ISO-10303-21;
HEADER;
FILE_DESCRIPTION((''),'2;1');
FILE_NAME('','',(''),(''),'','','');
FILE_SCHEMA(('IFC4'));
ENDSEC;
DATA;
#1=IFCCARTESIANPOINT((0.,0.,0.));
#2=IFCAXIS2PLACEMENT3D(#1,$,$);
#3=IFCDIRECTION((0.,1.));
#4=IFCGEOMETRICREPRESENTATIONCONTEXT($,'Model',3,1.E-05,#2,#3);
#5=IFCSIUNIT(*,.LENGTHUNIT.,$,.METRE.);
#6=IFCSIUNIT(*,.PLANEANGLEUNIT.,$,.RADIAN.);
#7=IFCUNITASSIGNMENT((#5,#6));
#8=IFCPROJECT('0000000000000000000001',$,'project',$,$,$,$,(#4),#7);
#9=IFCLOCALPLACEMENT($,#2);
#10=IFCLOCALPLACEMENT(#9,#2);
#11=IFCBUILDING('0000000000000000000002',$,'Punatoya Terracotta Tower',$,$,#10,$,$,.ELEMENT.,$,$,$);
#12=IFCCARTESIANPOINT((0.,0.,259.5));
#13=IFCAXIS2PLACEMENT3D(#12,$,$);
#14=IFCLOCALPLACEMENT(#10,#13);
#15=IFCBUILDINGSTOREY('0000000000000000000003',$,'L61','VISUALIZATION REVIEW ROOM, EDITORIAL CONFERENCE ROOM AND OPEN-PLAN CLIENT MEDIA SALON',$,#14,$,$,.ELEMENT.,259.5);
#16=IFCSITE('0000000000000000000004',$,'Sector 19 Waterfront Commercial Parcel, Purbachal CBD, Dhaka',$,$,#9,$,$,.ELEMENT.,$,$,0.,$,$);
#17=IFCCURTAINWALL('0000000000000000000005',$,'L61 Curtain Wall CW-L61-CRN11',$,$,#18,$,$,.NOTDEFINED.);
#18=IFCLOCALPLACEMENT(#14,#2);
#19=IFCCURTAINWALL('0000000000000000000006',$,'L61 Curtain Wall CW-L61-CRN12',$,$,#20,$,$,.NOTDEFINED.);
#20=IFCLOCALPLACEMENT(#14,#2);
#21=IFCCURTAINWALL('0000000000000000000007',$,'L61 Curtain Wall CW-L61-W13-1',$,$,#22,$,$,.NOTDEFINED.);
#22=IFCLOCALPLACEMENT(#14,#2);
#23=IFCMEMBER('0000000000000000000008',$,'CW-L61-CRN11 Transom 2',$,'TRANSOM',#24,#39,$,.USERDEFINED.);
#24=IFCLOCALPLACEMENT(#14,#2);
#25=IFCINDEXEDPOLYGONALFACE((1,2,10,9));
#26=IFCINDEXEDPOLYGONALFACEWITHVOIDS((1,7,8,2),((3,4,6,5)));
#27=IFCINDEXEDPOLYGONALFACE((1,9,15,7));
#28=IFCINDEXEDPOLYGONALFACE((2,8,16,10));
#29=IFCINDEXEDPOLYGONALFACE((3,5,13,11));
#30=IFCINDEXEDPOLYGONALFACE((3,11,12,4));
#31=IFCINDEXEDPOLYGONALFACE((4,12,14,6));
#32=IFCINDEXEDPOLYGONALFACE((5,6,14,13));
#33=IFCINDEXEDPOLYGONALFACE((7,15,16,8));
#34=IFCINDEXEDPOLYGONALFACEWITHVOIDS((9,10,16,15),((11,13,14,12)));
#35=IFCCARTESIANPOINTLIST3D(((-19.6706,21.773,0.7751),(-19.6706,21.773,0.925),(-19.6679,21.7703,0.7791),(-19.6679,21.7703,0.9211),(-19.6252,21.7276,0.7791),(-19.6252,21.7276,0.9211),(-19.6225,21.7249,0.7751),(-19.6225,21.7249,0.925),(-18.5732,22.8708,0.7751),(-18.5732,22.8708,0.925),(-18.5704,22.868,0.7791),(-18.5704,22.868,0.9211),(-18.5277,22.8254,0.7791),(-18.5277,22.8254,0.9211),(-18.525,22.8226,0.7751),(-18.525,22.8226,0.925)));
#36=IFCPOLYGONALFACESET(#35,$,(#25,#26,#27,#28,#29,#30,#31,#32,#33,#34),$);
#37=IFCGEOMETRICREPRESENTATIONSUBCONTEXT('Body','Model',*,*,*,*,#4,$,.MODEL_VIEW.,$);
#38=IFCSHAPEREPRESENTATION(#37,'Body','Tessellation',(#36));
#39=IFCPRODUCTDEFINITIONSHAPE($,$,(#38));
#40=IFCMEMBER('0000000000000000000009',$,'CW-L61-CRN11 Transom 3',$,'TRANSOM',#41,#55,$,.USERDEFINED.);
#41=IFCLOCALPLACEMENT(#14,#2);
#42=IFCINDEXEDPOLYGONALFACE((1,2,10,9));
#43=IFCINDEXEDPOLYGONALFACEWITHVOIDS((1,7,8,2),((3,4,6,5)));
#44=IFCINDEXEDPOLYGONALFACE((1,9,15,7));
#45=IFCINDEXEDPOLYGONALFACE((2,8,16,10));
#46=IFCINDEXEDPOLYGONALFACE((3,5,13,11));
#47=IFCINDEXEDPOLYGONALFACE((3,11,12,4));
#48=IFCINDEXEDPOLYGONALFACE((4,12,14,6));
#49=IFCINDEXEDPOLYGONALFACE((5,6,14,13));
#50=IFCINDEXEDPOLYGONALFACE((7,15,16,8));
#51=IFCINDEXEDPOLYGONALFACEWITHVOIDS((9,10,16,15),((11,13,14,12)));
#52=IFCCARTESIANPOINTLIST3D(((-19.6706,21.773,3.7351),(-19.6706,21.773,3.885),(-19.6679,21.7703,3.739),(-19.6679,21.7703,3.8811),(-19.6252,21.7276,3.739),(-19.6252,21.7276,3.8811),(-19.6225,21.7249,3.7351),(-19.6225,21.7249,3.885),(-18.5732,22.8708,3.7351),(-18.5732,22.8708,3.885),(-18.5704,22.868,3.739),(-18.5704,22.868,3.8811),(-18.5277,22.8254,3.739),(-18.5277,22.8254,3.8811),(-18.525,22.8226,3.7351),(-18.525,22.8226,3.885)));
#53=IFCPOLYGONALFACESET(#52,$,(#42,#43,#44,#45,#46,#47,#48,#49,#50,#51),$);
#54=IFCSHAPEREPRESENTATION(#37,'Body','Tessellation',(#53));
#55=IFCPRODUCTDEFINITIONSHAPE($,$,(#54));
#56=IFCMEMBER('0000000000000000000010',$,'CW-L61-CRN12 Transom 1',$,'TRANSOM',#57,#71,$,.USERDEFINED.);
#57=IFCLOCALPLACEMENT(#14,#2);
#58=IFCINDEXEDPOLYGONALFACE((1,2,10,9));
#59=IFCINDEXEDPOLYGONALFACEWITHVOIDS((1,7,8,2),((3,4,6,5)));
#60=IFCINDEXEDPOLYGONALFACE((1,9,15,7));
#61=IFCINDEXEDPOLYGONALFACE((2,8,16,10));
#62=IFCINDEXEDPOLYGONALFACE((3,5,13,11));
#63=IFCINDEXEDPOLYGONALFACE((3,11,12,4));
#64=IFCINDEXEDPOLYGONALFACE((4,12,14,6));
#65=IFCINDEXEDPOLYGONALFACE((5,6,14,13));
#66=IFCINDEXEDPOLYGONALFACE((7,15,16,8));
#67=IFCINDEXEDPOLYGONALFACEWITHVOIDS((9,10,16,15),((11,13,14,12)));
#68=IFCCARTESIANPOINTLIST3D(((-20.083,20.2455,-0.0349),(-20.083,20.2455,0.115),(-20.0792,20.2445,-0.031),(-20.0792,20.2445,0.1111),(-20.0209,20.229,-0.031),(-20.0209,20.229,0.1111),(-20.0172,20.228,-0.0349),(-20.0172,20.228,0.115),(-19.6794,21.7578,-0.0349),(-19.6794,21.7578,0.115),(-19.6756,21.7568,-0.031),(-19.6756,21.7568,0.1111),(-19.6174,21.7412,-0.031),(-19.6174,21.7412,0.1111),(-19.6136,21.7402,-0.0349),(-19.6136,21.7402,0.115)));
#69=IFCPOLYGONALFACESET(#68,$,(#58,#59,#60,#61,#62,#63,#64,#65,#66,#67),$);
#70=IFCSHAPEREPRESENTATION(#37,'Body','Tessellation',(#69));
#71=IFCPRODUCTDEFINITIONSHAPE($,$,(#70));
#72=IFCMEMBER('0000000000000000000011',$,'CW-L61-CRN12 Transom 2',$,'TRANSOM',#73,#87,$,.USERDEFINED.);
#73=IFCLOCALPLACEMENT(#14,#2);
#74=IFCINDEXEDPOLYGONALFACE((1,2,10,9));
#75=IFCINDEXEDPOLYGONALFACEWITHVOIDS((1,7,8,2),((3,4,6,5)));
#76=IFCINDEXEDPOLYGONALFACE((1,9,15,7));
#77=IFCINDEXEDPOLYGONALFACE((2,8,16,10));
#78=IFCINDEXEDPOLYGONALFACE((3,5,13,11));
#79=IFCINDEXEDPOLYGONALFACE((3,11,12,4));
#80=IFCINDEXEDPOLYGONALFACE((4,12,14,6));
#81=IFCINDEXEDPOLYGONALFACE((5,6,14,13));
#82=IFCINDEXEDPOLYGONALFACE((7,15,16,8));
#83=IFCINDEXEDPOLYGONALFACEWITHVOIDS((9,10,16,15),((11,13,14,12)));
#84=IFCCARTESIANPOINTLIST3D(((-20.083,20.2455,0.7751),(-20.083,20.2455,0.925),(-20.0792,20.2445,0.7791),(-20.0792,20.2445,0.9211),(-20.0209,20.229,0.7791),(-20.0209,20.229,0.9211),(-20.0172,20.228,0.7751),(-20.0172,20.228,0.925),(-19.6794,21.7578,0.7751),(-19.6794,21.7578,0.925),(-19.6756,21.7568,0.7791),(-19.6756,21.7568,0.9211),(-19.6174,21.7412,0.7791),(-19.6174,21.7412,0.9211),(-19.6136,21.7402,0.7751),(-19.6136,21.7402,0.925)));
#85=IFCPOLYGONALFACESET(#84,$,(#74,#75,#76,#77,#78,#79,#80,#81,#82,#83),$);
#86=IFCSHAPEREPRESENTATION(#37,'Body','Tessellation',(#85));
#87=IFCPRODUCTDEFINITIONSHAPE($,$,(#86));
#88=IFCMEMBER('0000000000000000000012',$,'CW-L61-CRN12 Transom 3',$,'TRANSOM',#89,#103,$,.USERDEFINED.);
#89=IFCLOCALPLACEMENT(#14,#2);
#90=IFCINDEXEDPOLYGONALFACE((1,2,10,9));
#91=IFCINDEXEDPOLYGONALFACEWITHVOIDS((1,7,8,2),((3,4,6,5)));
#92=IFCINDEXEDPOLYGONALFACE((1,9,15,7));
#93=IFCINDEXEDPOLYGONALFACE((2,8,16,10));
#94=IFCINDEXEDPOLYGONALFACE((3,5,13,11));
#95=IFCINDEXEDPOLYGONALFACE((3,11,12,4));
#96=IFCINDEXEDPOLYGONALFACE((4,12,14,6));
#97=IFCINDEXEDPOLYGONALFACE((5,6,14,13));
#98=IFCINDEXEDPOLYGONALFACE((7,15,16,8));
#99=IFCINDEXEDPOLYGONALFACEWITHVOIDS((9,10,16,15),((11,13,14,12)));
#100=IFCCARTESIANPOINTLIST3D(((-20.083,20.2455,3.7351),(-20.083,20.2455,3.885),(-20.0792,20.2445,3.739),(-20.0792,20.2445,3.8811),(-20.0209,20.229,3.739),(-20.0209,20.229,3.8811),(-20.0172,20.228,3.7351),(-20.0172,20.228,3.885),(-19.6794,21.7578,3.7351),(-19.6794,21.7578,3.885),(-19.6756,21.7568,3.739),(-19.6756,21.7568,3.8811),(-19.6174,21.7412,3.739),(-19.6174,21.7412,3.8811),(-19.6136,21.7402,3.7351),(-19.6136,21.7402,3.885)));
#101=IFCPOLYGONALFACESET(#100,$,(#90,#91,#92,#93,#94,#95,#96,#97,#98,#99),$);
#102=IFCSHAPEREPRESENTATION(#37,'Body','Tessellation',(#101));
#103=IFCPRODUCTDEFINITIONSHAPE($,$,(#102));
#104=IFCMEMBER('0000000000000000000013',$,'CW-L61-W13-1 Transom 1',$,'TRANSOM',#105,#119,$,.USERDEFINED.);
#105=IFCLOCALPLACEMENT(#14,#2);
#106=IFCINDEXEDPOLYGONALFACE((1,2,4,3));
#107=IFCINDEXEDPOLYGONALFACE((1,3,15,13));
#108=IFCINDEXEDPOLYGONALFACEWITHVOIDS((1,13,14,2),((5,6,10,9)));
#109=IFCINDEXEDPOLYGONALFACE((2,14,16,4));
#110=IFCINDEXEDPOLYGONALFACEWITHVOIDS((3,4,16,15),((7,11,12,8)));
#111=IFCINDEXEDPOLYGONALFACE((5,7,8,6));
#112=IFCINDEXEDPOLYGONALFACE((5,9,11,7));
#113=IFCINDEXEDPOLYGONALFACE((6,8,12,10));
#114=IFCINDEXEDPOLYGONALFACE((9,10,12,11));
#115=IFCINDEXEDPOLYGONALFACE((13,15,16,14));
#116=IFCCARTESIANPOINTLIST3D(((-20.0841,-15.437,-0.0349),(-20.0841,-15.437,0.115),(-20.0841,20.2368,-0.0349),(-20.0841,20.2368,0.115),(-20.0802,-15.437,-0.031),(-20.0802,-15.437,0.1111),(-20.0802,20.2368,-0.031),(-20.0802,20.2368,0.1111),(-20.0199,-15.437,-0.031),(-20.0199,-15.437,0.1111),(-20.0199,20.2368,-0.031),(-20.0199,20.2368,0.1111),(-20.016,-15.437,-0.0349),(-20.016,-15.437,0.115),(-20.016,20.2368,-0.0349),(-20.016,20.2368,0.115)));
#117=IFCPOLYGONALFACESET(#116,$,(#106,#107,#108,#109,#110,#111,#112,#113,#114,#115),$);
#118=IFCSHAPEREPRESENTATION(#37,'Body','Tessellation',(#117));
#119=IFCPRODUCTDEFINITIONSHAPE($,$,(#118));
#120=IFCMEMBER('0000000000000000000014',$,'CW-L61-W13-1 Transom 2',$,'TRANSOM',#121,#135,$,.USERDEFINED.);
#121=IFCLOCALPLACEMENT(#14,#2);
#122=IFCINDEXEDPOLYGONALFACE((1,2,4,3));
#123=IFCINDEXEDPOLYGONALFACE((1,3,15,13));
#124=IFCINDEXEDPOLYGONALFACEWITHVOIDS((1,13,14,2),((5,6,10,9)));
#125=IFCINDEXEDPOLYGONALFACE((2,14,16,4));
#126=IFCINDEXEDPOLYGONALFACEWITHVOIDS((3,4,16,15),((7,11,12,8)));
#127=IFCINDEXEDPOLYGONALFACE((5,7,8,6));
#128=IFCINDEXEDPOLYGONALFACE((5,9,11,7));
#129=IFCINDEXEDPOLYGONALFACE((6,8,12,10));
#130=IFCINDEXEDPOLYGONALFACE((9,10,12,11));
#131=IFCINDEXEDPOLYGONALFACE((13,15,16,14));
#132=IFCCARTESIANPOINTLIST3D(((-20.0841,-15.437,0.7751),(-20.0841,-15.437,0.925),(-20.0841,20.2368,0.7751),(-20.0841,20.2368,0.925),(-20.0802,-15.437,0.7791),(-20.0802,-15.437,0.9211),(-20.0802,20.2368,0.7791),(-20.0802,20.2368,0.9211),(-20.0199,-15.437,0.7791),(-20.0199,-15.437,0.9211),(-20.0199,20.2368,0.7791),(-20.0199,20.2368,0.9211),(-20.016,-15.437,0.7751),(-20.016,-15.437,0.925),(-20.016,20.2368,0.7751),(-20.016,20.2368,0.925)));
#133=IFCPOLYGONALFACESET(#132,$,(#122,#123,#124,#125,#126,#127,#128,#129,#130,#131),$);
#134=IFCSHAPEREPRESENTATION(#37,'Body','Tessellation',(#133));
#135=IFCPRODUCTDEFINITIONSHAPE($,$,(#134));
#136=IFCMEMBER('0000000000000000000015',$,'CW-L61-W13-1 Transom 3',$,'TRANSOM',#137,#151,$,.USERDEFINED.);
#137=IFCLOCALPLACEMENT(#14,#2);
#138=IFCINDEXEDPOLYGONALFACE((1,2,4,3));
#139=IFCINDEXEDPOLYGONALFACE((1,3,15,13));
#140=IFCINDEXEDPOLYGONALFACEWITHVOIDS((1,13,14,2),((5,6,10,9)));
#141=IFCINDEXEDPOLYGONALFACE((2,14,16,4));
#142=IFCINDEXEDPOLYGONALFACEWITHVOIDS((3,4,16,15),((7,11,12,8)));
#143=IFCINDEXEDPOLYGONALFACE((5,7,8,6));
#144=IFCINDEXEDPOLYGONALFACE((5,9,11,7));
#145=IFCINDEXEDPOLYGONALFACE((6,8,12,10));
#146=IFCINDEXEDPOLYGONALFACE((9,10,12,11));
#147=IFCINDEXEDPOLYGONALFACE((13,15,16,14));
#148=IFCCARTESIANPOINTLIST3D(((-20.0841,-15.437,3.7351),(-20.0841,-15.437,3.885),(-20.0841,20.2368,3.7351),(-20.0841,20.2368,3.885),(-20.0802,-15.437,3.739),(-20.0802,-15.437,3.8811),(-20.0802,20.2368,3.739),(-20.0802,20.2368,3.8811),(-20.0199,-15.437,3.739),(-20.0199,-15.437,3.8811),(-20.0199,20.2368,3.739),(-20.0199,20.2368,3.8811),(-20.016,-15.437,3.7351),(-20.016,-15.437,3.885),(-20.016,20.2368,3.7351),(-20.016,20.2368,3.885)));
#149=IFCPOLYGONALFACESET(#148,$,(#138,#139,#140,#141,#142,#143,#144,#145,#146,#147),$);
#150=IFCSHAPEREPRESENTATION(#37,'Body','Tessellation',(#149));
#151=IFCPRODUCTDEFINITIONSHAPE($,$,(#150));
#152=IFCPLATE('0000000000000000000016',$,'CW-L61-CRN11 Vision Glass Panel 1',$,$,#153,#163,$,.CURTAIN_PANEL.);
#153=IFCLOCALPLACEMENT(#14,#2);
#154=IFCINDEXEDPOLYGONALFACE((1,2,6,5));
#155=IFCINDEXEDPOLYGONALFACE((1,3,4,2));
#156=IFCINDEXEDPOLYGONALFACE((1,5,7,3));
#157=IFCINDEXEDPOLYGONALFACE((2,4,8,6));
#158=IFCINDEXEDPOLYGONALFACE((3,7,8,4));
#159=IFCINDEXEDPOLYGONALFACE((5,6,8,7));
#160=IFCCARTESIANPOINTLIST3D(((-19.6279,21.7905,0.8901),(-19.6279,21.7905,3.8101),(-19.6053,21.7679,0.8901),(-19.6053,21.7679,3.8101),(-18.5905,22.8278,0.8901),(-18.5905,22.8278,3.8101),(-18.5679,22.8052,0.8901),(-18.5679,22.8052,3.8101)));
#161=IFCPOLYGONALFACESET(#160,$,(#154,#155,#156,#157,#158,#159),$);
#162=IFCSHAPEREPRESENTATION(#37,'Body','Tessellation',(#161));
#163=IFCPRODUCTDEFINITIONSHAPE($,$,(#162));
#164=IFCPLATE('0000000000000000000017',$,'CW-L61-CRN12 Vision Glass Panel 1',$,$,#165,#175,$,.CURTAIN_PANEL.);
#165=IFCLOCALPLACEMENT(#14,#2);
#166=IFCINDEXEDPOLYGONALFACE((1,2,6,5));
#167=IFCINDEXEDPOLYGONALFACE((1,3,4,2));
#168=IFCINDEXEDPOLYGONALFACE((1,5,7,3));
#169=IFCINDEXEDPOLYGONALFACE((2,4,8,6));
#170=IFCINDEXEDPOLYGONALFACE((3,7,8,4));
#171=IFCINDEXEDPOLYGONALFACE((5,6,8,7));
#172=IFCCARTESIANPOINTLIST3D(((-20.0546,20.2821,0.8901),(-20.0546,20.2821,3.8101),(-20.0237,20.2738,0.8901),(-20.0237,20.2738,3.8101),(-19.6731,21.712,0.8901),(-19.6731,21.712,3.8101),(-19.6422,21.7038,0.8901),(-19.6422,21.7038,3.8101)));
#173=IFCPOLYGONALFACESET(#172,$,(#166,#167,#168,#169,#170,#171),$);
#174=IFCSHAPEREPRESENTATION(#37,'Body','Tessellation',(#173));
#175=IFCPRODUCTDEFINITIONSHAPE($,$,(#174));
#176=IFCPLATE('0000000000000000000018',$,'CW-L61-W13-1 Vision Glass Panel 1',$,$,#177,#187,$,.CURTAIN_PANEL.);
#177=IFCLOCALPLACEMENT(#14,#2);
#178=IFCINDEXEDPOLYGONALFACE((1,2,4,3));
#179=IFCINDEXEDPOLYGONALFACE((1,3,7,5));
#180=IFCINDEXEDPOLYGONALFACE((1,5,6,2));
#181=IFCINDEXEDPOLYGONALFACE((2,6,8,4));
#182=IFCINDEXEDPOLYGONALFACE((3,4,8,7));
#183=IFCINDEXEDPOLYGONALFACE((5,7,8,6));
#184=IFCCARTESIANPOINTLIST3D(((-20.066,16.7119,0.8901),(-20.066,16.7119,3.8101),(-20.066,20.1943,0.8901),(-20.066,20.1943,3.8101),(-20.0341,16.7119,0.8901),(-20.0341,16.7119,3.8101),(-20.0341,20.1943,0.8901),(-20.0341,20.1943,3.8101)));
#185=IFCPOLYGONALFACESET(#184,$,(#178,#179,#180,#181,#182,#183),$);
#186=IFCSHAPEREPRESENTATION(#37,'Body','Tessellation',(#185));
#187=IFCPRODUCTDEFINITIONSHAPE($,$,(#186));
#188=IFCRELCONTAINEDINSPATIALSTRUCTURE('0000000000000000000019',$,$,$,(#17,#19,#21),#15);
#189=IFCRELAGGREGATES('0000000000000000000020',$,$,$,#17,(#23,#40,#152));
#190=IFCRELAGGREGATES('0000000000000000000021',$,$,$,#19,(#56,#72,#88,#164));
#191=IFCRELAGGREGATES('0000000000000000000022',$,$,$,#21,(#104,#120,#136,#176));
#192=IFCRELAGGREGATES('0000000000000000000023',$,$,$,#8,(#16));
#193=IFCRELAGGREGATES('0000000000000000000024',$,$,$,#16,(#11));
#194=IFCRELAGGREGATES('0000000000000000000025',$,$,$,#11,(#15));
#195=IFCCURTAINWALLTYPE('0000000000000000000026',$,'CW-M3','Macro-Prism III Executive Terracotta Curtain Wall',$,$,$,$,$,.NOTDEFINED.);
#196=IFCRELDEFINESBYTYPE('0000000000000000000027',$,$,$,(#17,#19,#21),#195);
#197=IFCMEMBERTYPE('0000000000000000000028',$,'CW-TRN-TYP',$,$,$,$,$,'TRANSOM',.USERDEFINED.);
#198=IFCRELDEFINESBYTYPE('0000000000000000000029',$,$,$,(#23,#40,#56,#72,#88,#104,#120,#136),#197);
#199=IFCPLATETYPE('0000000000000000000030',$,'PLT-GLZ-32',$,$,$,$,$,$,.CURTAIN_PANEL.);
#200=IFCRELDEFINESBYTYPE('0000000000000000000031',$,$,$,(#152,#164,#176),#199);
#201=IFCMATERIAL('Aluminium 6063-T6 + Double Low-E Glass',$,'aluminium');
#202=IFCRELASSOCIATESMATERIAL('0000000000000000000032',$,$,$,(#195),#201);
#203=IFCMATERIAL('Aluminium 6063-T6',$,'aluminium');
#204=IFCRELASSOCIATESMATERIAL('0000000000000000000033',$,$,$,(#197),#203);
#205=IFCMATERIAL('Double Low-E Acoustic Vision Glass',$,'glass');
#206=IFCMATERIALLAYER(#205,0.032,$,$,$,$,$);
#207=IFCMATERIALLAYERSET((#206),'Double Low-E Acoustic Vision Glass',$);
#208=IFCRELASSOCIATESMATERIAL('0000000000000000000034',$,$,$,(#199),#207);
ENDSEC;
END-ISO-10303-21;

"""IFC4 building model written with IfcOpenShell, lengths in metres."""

from ifc_helpers import new_model, si_unit, direction, frame, origin, origin_2d, place, context, subcontext, project, spatial, rectangle, hollow_rectangle, extrude, material, layer, layer_set, material_profile, profile_set, type_object, element, aggregate, save


model = new_model("IFC4")

# Units and contexts
model_context = context("Model", 3, precision=1e-05, world=origin(), true_north=direction((0.0, 1.0)))
body_context = subcontext(model_context, "Body", "Model", "MODEL_VIEW")
ifc_project = project(units=[si_unit("LENGTHUNIT", "METRE"), si_unit("PLANEANGLEUNIT", "RADIAN")], contexts=[model_context])

# Site, building, storey
site_placement = place(None, origin())
site = spatial("IfcSite", under=ifc_project, at=site_placement, Name="Sector 19 Waterfront Commercial Parcel, Purbachal CBD, Dhaka", CompositionType="ELEMENT", RefElevation=0.0)
building_placement = place(site_placement, origin())
building = spatial("IfcBuilding", under=site, at=building_placement, Name="Punatoya Terracotta Tower", CompositionType="ELEMENT")
storey_placement = place(building_placement, frame((0.0, 0.0, 259.5)))
storey = spatial("IfcBuildingStorey", under=building, at=storey_placement, Name="L61", Description="VISUALIZATION REVIEW ROOM, EDITORIAL CONFERENCE ROOM AND OPEN-PLAN CLIENT MEDIA SALON", CompositionType="ELEMENT", Elevation=259.5)

# Shared definitions
ifc_material_1 = material(Name="Aluminium 6063-T6 + Double Low-E Glass", Category="aluminium")
curtain_wall_type = type_object("IfcCurtainWallType", Name="CW-M3", Description="Macro-Prism III Executive Terracotta Curtain Wall", PredefinedType="NOTDEFINED", material=ifc_material_1)
ifc_material_2 = material(Name="Aluminium 6063-T6", Category="aluminium")

# Curtain walls
curtain_wall_1_placement = place(storey_placement, origin())
curtain_wall_1 = element("IfcCurtainWall", 1, at=curtain_wall_1_placement, inside=storey, type_object=curtain_wall_type, Name="L61 Curtain Wall CW-L61-CRN11", PredefinedType="NOTDEFINED")
curtain_wall_2_placement = place(storey_placement, origin())
curtain_wall_2 = element("IfcCurtainWall", 2, at=curtain_wall_2_placement, inside=storey, type_object=curtain_wall_type, Name="L61 Curtain Wall CW-L61-CRN12", PredefinedType="NOTDEFINED")
curtain_wall_3_placement = place(storey_placement, origin())
curtain_wall_3 = element("IfcCurtainWall", 3, at=curtain_wall_3_placement, inside=storey, type_object=curtain_wall_type, Name="L61 Curtain Wall CW-L61-W13-1", PredefinedType="NOTDEFINED")

# Members
ifc_material_profile_1 = material_profile(ifc_material_2, hollow_rectangle(XDim=0.0681, YDim=0.1499, WallThickness=0.0039, at=origin_2d()))
ifc_profile_set_1 = profile_set([ifc_material_profile_1], Name="Aluminium 6063-T6")
member_type_1 = type_object("IfcMemberType", Name="CW-TRN-TYP", ElementType="TRANSOM", PredefinedType="USERDEFINED", material=ifc_profile_set_1)
member_1_placement = place(storey_placement, frame((-18.5491, 22.8467, 0.8501), z_axis=(-0.707028, -0.707185, 0.0), x_axis=(0.707185, -0.707028, 0.0)))
member_1 = element("IfcMember", 4, at=member_1_placement, type_object=member_type_1, Name="CW-L61-CRN11 Transom 2", ObjectType="TRANSOM", PredefinedType="USERDEFINED", context=body_context, shape_type="SweptSolid", body=[
    extrude(hollow_rectangle(XDim=0.0681, YDim=0.1499, WallThickness=0.0039, at=origin_2d()), origin(), (0.0, 0.0, 1.0), 1.5522),
])
member_2_placement = place(storey_placement, frame((-18.5491, 22.8467, 3.8101), z_axis=(-0.707028, -0.707185, 0.0), x_axis=(0.707185, -0.707028, 0.0)))
member_2 = element("IfcMember", 5, at=member_2_placement, type_object=member_type_1, Name="CW-L61-CRN11 Transom 3", ObjectType="TRANSOM", PredefinedType="USERDEFINED", context=body_context, shape_type="SweptSolid", body=[
    extrude(hollow_rectangle(XDim=0.0681, YDim=0.1499, WallThickness=0.0039, at=origin_2d()), origin(), (0.0, 0.0, 1.0), 1.5522),
])
member_3_placement = place(storey_placement, frame((-19.6465, 21.749, 0.04), z_axis=(-0.257847, -0.966186, 0.0), x_axis=(0.966186, -0.257847, 0.0)))
member_3 = element("IfcMember", 6, at=member_3_placement, type_object=member_type_1, Name="CW-L61-CRN12 Transom 1", ObjectType="TRANSOM", PredefinedType="USERDEFINED", context=body_context, shape_type="SweptSolid", body=[
    extrude(hollow_rectangle(XDim=0.0681, YDim=0.1499, WallThickness=0.0039, at=origin_2d()), origin(), (0.0, 0.0, 1.0), 1.5652),
])
member_4_placement = place(storey_placement, frame((-19.6465, 21.749, 0.8501), z_axis=(-0.257847, -0.966186, 0.0), x_axis=(0.966186, -0.257847, 0.0)))
member_4 = element("IfcMember", 7, at=member_4_placement, type_object=member_type_1, Name="CW-L61-CRN12 Transom 2", ObjectType="TRANSOM", PredefinedType="USERDEFINED", context=body_context, shape_type="SweptSolid", body=[
    extrude(hollow_rectangle(XDim=0.0681, YDim=0.1499, WallThickness=0.0039, at=origin_2d()), origin(), (0.0, 0.0, 1.0), 1.5652),
])
member_5_placement = place(storey_placement, frame((-19.6465, 21.749, 3.8101), z_axis=(-0.257847, -0.966186, 0.0), x_axis=(0.966186, -0.257847, 0.0)))
member_5 = element("IfcMember", 8, at=member_5_placement, type_object=member_type_1, Name="CW-L61-CRN12 Transom 3", ObjectType="TRANSOM", PredefinedType="USERDEFINED", context=body_context, shape_type="SweptSolid", body=[
    extrude(hollow_rectangle(XDim=0.0681, YDim=0.1499, WallThickness=0.0039, at=origin_2d()), origin(), (0.0, 0.0, 1.0), 1.5652),
])
member_6_placement = place(storey_placement, frame((-20.05, 20.2368, 0.04), z_axis=(0.0, -1.0, 0.0), x_axis=(1.0, 0.0, 0.0)))
member_6 = element("IfcMember", 9, at=member_6_placement, type_object=member_type_1, Name="CW-L61-W13-1 Transom 1", ObjectType="TRANSOM", PredefinedType="USERDEFINED", context=body_context, shape_type="SweptSolid", body=[
    extrude(hollow_rectangle(XDim=0.0681, YDim=0.1499, WallThickness=0.0039, at=origin_2d()), origin(), (0.0, 0.0, 1.0), 35.6738),
])
member_7_placement = place(storey_placement, frame((-20.05, 20.2368, 0.8501), z_axis=(0.0, -1.0, 0.0), x_axis=(1.0, 0.0, 0.0)))
member_7 = element("IfcMember", 10, at=member_7_placement, type_object=member_type_1, Name="CW-L61-W13-1 Transom 2", ObjectType="TRANSOM", PredefinedType="USERDEFINED", context=body_context, shape_type="SweptSolid", body=[
    extrude(hollow_rectangle(XDim=0.0681, YDim=0.1499, WallThickness=0.0039, at=origin_2d()), origin(), (0.0, 0.0, 1.0), 35.6738),
])
member_8_placement = place(storey_placement, frame((-20.05, 20.2368, 3.8101), z_axis=(0.0, -1.0, 0.0), x_axis=(1.0, 0.0, 0.0)))
member_8 = element("IfcMember", 11, at=member_8_placement, type_object=member_type_1, Name="CW-L61-W13-1 Transom 3", ObjectType="TRANSOM", PredefinedType="USERDEFINED", context=body_context, shape_type="SweptSolid", body=[
    extrude(hollow_rectangle(XDim=0.0681, YDim=0.1499, WallThickness=0.0039, at=origin_2d()), origin(), (0.0, 0.0, 1.0), 35.6738),
])

# Plates
ifc_material_3 = material(Name="Double Low-E Acoustic Vision Glass", Category="glass")
ifc_layer_1 = layer(ifc_material_3, 0.032)
ifc_layer_set_1 = layer_set([ifc_layer_1], Name="Double Low-E Acoustic Vision Glass")
plate_type_1 = type_object("IfcPlateType", Name="PLT-GLZ-32", PredefinedType="CURTAIN_PANEL", material=ifc_layer_set_1)
plate_1_placement = place(storey_placement, frame((-19.0979, 22.2979, 0.8901), z_axis=(0.0, 0.0, 1.0), x_axis=(-0.707107, -0.707107, 0.0)))
plate_1 = element("IfcPlate", 12, at=plate_1_placement, type_object=plate_type_1, Name="CW-L61-CRN11 Vision Glass Panel 1", PredefinedType="CURTAIN_PANEL", context=body_context, shape_type="SweptSolid", body=[
    extrude(rectangle(XDim=1.467, YDim=0.032, at=origin_2d()), origin(), (0.0, 0.0, 1.0), 2.9199),
])
plate_2_placement = place(storey_placement, frame((-19.8484, 20.9929, 0.8901), z_axis=(0.0, 0.0, 1.0), x_axis=(-0.257742, -0.966214, 0.0)))
plate_2 = element("IfcPlate", 13, at=plate_2_placement, type_object=plate_type_1, Name="CW-L61-CRN12 Vision Glass Panel 1", PredefinedType="CURTAIN_PANEL", context=body_context, shape_type="SweptSolid", body=[
    extrude(rectangle(XDim=1.48, YDim=0.032, at=origin_2d()), origin(), (0.0, 0.0, 1.0), 2.9199),
])
plate_3_placement = place(storey_placement, frame((-20.05, 18.4531, 0.8901), z_axis=(0.0, 0.0, 1.0), x_axis=(0.0, -1.0, 0.0)))
plate_3 = element("IfcPlate", 14, at=plate_3_placement, type_object=plate_type_1, Name="CW-L61-W13-1 Vision Glass Panel 1", PredefinedType="CURTAIN_PANEL", context=body_context, shape_type="SweptSolid", body=[
    extrude(rectangle(XDim=3.4824, YDim=0.032, at=origin_2d()), origin(), (0.0, 0.0, 1.0), 2.9199),
])
aggregate(curtain_wall_1, [member_1, member_2, plate_1])
aggregate(curtain_wall_2, [member_3, member_4, member_5, plate_2])
aggregate(curtain_wall_3, [member_6, member_7, member_8, plate_3])

save(model, "model.ifc")
